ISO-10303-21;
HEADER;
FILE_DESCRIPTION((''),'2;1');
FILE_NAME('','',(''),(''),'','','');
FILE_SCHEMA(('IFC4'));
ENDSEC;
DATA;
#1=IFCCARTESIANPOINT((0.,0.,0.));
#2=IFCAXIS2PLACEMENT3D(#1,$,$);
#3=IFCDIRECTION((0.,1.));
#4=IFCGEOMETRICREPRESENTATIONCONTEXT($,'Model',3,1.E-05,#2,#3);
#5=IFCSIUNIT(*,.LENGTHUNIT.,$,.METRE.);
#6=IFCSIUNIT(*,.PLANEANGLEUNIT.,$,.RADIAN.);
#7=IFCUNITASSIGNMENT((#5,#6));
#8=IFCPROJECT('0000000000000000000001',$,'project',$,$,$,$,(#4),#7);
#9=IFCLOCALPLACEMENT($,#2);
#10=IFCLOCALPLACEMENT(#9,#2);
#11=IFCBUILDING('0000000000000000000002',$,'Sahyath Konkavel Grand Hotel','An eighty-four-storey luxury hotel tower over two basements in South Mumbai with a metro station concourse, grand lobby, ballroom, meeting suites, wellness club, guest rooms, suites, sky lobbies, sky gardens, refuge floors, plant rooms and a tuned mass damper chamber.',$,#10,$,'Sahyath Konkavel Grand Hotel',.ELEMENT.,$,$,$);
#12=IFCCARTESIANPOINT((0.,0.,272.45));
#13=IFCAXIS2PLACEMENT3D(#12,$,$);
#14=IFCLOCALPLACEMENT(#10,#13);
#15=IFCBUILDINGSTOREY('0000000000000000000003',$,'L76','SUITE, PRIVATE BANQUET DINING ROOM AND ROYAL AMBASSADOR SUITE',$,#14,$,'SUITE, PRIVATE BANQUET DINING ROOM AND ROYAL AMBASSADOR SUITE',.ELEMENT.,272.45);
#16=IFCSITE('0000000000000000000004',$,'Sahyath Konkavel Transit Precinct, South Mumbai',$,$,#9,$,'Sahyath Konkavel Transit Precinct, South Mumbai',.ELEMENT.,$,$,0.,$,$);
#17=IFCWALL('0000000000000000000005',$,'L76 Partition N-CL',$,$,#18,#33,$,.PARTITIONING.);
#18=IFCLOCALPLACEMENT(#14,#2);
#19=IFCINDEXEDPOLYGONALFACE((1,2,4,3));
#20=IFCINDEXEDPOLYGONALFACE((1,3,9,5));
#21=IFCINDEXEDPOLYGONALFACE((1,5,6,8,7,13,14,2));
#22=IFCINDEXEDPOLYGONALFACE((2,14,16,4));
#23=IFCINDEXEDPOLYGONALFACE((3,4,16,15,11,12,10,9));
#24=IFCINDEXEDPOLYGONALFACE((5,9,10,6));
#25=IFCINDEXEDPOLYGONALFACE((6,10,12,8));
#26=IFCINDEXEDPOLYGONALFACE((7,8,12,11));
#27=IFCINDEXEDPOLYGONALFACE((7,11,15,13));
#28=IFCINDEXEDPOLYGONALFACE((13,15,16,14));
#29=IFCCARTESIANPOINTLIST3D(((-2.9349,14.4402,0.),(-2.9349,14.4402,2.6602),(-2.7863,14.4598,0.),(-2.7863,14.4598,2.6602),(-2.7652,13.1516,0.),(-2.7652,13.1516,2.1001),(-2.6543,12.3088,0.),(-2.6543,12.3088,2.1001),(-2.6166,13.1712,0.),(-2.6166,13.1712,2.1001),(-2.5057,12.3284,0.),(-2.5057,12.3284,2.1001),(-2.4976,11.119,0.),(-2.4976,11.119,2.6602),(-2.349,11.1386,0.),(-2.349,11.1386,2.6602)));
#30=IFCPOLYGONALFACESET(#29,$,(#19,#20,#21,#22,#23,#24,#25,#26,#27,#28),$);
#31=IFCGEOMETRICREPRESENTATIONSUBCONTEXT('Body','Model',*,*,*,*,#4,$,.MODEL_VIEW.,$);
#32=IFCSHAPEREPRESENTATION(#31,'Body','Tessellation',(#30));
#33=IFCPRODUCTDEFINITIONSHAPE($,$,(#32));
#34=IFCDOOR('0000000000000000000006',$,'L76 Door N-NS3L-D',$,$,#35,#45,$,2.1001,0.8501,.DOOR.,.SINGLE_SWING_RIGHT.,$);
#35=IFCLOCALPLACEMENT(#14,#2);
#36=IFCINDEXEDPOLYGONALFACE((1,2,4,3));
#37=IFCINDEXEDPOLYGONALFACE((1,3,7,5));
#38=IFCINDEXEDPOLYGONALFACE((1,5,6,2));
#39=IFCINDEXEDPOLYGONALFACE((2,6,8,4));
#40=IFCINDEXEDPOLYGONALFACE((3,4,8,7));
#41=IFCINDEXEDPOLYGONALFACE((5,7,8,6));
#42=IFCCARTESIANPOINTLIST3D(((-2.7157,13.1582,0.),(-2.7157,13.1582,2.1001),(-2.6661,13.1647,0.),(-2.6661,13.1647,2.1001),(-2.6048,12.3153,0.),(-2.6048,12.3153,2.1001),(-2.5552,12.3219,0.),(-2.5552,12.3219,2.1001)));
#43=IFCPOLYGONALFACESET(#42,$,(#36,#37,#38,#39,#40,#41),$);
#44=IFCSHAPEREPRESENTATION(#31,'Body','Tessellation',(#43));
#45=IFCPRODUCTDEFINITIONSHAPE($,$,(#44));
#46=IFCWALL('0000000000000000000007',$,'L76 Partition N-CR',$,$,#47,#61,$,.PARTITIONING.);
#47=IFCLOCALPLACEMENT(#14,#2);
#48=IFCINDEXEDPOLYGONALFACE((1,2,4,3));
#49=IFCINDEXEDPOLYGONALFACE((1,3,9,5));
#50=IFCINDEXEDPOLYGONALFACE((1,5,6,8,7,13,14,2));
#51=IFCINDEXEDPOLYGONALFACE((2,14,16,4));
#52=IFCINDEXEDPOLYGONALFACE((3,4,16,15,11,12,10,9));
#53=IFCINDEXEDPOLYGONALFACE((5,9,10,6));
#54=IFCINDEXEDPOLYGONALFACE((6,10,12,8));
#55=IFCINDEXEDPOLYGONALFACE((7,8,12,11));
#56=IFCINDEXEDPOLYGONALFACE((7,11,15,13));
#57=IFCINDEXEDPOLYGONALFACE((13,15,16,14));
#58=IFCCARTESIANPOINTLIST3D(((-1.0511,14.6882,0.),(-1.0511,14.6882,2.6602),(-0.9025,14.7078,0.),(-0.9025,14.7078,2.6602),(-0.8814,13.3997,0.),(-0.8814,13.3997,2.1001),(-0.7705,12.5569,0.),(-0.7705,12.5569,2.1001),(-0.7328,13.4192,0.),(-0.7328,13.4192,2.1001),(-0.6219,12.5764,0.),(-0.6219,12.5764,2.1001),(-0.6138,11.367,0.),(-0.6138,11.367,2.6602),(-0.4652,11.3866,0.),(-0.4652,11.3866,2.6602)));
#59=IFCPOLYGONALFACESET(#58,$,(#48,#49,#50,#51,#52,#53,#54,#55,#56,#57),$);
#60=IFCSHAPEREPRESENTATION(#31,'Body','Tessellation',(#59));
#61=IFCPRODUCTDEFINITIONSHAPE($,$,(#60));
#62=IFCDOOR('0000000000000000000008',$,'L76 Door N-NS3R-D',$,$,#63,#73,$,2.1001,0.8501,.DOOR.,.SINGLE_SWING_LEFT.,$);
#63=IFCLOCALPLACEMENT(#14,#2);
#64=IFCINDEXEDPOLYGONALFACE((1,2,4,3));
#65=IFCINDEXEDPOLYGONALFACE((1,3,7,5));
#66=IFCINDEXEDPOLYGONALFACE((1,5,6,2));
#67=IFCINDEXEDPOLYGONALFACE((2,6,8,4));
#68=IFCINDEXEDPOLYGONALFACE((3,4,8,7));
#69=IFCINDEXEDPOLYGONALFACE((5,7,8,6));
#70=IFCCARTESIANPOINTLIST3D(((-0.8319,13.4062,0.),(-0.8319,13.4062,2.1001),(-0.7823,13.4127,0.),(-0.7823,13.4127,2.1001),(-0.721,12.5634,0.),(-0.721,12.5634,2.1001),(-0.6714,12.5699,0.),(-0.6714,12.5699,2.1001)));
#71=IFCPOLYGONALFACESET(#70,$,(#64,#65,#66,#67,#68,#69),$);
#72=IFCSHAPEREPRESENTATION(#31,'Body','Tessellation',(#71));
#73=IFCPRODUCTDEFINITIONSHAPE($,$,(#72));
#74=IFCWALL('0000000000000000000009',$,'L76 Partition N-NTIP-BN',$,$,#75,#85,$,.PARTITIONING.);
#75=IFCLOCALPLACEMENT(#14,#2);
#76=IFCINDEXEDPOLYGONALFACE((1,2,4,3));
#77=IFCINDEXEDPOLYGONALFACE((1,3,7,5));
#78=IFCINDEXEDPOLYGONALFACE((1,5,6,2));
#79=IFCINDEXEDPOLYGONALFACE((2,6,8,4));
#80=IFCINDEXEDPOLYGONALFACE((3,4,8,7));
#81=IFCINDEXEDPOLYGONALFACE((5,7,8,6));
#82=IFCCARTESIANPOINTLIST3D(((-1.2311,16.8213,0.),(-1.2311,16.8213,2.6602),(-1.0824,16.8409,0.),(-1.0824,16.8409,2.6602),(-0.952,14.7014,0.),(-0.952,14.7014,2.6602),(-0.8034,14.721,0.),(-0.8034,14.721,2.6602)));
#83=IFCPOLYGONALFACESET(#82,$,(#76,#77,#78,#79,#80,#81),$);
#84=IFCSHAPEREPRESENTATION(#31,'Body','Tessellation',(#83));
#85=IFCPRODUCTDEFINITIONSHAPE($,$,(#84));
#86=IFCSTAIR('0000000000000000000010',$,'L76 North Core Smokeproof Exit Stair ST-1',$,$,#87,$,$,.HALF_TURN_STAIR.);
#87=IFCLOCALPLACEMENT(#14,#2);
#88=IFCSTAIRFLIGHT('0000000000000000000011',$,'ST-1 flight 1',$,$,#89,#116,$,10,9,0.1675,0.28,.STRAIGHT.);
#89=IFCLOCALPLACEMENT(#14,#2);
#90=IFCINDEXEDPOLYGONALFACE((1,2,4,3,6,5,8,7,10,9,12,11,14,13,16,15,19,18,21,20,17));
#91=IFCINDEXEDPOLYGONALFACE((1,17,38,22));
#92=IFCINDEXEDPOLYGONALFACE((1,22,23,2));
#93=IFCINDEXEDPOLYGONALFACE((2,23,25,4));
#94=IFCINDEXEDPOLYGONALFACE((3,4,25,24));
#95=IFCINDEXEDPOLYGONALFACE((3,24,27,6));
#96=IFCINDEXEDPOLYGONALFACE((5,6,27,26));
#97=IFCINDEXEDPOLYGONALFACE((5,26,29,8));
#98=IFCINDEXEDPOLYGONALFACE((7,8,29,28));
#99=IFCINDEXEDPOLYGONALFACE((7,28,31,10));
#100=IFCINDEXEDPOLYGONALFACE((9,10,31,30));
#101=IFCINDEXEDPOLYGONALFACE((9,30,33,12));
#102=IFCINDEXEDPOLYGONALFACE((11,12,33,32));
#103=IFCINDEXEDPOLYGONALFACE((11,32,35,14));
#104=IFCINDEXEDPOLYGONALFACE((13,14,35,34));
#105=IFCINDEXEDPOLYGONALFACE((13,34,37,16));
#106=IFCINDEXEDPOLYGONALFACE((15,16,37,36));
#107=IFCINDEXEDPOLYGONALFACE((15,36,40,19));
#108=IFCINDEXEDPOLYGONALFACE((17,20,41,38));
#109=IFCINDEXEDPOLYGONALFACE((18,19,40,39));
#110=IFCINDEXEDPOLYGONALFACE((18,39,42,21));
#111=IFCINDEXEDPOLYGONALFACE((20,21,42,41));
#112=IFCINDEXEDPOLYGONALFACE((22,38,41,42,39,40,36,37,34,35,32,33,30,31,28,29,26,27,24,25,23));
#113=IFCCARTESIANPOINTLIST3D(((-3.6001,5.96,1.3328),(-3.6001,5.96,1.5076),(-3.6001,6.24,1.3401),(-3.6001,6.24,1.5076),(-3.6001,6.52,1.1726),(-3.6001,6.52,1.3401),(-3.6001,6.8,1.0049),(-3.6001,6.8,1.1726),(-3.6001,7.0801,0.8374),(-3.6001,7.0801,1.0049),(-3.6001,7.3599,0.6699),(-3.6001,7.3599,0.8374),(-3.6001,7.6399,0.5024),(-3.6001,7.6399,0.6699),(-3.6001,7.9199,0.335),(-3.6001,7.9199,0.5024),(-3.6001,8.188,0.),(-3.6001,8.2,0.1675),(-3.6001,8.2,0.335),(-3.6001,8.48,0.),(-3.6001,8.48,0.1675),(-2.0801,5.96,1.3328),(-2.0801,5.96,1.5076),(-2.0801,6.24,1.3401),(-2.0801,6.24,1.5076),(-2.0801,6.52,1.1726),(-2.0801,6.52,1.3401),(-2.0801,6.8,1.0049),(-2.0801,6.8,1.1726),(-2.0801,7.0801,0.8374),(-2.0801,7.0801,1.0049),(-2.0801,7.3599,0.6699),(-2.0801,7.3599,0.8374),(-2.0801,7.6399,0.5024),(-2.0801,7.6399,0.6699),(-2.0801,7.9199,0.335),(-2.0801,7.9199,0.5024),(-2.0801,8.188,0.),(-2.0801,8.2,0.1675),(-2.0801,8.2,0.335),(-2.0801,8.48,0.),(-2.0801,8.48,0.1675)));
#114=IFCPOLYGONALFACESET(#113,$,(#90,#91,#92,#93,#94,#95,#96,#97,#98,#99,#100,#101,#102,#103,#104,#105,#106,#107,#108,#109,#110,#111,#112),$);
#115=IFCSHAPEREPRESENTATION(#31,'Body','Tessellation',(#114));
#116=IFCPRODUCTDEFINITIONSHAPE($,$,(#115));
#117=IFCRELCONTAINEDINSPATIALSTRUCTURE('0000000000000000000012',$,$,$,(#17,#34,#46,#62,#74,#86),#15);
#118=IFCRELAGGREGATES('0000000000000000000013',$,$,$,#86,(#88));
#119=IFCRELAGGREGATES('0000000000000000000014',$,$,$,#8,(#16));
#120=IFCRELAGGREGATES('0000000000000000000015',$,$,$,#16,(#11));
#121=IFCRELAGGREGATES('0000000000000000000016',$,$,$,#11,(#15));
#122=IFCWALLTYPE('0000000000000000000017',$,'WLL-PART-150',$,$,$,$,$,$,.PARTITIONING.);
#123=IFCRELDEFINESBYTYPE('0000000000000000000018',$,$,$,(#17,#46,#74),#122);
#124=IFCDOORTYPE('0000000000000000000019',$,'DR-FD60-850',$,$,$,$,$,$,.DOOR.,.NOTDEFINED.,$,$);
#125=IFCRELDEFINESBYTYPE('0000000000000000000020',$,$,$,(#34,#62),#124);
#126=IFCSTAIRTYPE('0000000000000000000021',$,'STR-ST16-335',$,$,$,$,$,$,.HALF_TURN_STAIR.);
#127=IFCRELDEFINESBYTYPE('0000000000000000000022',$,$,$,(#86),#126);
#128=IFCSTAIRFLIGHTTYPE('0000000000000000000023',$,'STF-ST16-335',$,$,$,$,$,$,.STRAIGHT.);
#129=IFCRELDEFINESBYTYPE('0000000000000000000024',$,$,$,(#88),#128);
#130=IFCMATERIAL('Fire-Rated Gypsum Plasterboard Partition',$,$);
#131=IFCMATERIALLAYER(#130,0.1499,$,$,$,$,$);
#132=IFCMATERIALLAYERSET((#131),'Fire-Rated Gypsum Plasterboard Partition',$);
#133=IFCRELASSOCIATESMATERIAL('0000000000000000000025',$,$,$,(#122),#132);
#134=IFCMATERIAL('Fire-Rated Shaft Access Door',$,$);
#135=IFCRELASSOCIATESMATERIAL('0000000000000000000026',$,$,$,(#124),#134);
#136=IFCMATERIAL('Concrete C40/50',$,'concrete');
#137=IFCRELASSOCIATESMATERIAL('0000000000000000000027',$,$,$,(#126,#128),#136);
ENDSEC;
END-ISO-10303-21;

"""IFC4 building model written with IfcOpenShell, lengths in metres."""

from ifc_helpers import new_model, si_unit, direction, frame, frame_2d, origin, origin_2d, place, context, subcontext, project, spatial, polyline, rectangle, outline, extrude, source, transform, mapped, material, layer, layer_set, type_object, element, fill, aggregate, save


model = new_model("IFC4")

# Units and contexts
model_context = context("Model", 3, precision=1e-05, world=origin(), true_north=direction((0.0, 1.0)))
body_context = subcontext(model_context, "Body", "Model", "MODEL_VIEW")
ifc_project = project(units=[si_unit("LENGTHUNIT", "METRE"), si_unit("PLANEANGLEUNIT", "RADIAN")], contexts=[model_context])

# Site, building, storey
site_placement = place(None, origin())
site = spatial("IfcSite", under=ifc_project, at=site_placement, Name="Sahyath Konkavel Transit Precinct, South Mumbai", LongName="Sahyath Konkavel Transit Precinct, South Mumbai", CompositionType="ELEMENT", RefElevation=0.0)
building_placement = place(site_placement, origin())
building = spatial("IfcBuilding", under=site, at=building_placement, Name="Sahyath Konkavel Grand Hotel", Description="An eighty-four-storey luxury hotel tower over two basements in South Mumbai with a metro station concourse, grand lobby, ballroom, meeting suites, wellness club, guest rooms, suites, sky lobbies, sky gardens, refuge floors, plant rooms and a tuned mass damper chamber.", LongName="Sahyath Konkavel Grand Hotel", CompositionType="ELEMENT")
storey_placement = place(building_placement, frame((0.0, 0.0, 272.45)))
storey = spatial("IfcBuildingStorey", under=building, at=storey_placement, Name="L76", Description="SUITE, PRIVATE BANQUET DINING ROOM AND ROYAL AMBASSADOR SUITE", LongName="SUITE, PRIVATE BANQUET DINING ROOM AND ROYAL AMBASSADOR SUITE", CompositionType="ELEMENT", Elevation=272.45)

# Shared definitions
ifc_material_1 = material(Name="Concrete C40/50", Category="concrete")

# Walls, openings, doors
ifc_material_2 = material(Name="Fire-Rated Gypsum Plasterboard Partition")
ifc_layer_1 = layer(ifc_material_2, 0.1499)
ifc_layer_set_1 = layer_set([ifc_layer_1], Name="Fire-Rated Gypsum Plasterboard Partition")
wall_type_1 = type_object("IfcWallType", Name="WLL-PART-150", PredefinedType="PARTITIONING", material=ifc_layer_set_1)
wall_1_placement = place(storey_placement, frame((-2.4233, 11.1289, 0.0), z_axis=(0.0, 0.0, 1.0), x_axis=(-0.130526, 0.991445, 0.0)))
wall_1 = element("IfcWall", 1, at=wall_1_placement, inside=storey, type_object=wall_type_1, Name="L76 Partition N-CL", PredefinedType="PARTITIONING", context=body_context, shape_type="SweptSolid", body=[
    extrude(rectangle(XDim=3.3499, YDim=0.1499, at=frame_2d((1.6748, 0.0))), origin(), (0.0, 0.0, 1.0), 2.6602),
])
opening_1_placement = place(wall_1_placement, frame((1.2, 0.0, 0.0)))
opening_1 = element("IfcOpeningElement", 2, at=opening_1_placement, cuts=wall_1, PredefinedType="OPENING", context=body_context, shape_type="SweptSolid", body=[
    extrude(rectangle(XDim=0.8501, YDim=2.1001, at=frame_2d((0.425, 1.05))), frame((0.0, 0.085, 0.0), z_axis=(0.0, -1.0, 0.0), x_axis=(1.0, 0.0, 0.0)), (0.0, 0.0, 1.0), 0.1699),
])
ifc_material_3 = material(Name="Fire-Rated Shaft Access Door")
door_type = type_object("IfcDoorType", Name="DR-FD60-850", OperationType="NOTDEFINED", PredefinedType="DOOR", material=ifc_material_3)
shared_shape_1 = source(origin(), body_context, "Body", "SweptSolid", [
    extrude(rectangle(XDim=0.8501, YDim=0.05, at=origin_2d()), origin(), (0.0, 0.0, 1.0), 2.1001),
])
door_1_placement = place(opening_1_placement, frame((0.425, 0.0, 0.0)))
door_1 = element("IfcDoor", 3, at=door_1_placement, inside=storey, type_object=door_type, Name="L76 Door N-NS3L-D", OperationType="SINGLE_SWING_RIGHT", OverallHeight=2.1001, OverallWidth=0.8501, PredefinedType="DOOR", context=body_context, shape_type="MappedRepresentation", body=[
    mapped(shared_shape_1, transform((0.0, 0.0, 0.0), scale=1.0)),
])
fill(opening_1, door_1)
wall_2_placement = place(storey_placement, frame((-0.5396, 11.377, 0.0), z_axis=(0.0, 0.0, 1.0), x_axis=(-0.130526, 0.991445, 0.0)))
wall_2 = element("IfcWall", 4, at=wall_2_placement, inside=storey, type_object=wall_type_1, Name="L76 Partition N-CR", PredefinedType="PARTITIONING", context=body_context, shape_type="SweptSolid", body=[
    extrude(rectangle(XDim=3.3499, YDim=0.1499, at=frame_2d((1.6748, 0.0))), origin(), (0.0, 0.0, 1.0), 2.6602),
])
opening_2_placement = place(wall_2_placement, frame((1.2, 0.0, 0.0)))
opening_2 = element("IfcOpeningElement", 5, at=opening_2_placement, cuts=wall_2, PredefinedType="OPENING", context=body_context, shape_type="SweptSolid", body=[
    extrude(rectangle(XDim=0.8501, YDim=2.1001, at=frame_2d((0.425, 1.05))), frame((0.0, 0.085, 0.0), z_axis=(0.0, -1.0, 0.0), x_axis=(1.0, 0.0, 0.0)), (0.0, 0.0, 1.0), 0.1699),
])
door_2_placement = place(opening_2_placement, frame((0.425, 0.0, 0.0)))
door_2 = element("IfcDoor", 6, at=door_2_placement, inside=storey, type_object=door_type, Name="L76 Door N-NS3R-D", OperationType="SINGLE_SWING_LEFT", OverallHeight=2.1001, OverallWidth=0.8501, PredefinedType="DOOR", context=body_context, shape_type="MappedRepresentation", body=[
    mapped(shared_shape_1, transform((0.0, 0.0, 0.0), scale=1.0)),
])
fill(opening_2, door_2)

# Wall
wall_3_placement = place(storey_placement, frame((-0.8777, 14.7112, 0.0), z_axis=(0.0, 0.0, 1.0), x_axis=(-0.130511, 0.991447, 0.0)))
element("IfcWall", 7, at=wall_3_placement, inside=storey, type_object=wall_type_1, Name="L76 Partition N-NTIP-BN", PredefinedType="PARTITIONING", context=body_context, shape_type="SweptSolid", body=[
    extrude(rectangle(XDim=2.1382, YDim=0.1499, at=frame_2d((1.0691, 0.0))), origin(), (0.0, 0.0, 1.0), 2.6602),
])

# Stair, stair flight
stair_type = type_object("IfcStairType", Name="STR-ST16-335", PredefinedType="HALF_TURN_STAIR", material=ifc_material_1)
stair_placement = place(storey_placement, origin())
stair = element("IfcStair", 8, at=stair_placement, inside=storey, type_object=stair_type, Name="L76 North Core Smokeproof Exit Stair ST-1", PredefinedType="HALF_TURN_STAIR")
stair_flight_type = type_object("IfcStairFlightType", Name="STF-ST16-335", PredefinedType="STRAIGHT", material=ifc_material_1)
stair_flight_placement = place(storey_placement, frame((-2.8401, 8.48, 0.0), z_axis=(0.0, 0.0, 1.0), x_axis=(0.0, -1.0, 0.0)))
stair_flight = element("IfcStairFlight", 9, at=stair_flight_placement, type_object=stair_flight_type, Name="ST-1 flight 1", NumberOfRisers=10, NumberOfTreads=9, PredefinedType="STRAIGHT", RiserHeight=0.1675, TreadLength=0.28, context=body_context, shape_type="SweptSolid", body=[
    extrude(outline(polyline([(0.0, 0.0), (0.0, 0.1675), (0.28, 0.1675), (0.28, 0.335), (0.5601, 0.335), (0.5601, 0.5024), (0.8401, 0.5024), (0.8401, 0.6699), (1.1201, 0.6699), (1.1201, 0.8374), (1.3999, 0.8374), (1.3999, 1.0049), (1.6799, 1.0049), (1.6799, 1.1726), (1.96, 1.1726), (1.96, 1.3401), (2.24, 1.3401), (2.24, 1.5076), (2.52, 1.5076), (2.52, 1.675), (2.52, 1.3328), (0.292, 0.0), (0.0, 0.0)])), frame((0.0, 0.76, 0.0), z_axis=(0.0, -1.0, 0.0), x_axis=(1.0, 0.0, 0.0)), (0.0, 0.0, 1.0), 1.52),
])
aggregate(stair, [stair_flight])

save(model, "model.ifc")
